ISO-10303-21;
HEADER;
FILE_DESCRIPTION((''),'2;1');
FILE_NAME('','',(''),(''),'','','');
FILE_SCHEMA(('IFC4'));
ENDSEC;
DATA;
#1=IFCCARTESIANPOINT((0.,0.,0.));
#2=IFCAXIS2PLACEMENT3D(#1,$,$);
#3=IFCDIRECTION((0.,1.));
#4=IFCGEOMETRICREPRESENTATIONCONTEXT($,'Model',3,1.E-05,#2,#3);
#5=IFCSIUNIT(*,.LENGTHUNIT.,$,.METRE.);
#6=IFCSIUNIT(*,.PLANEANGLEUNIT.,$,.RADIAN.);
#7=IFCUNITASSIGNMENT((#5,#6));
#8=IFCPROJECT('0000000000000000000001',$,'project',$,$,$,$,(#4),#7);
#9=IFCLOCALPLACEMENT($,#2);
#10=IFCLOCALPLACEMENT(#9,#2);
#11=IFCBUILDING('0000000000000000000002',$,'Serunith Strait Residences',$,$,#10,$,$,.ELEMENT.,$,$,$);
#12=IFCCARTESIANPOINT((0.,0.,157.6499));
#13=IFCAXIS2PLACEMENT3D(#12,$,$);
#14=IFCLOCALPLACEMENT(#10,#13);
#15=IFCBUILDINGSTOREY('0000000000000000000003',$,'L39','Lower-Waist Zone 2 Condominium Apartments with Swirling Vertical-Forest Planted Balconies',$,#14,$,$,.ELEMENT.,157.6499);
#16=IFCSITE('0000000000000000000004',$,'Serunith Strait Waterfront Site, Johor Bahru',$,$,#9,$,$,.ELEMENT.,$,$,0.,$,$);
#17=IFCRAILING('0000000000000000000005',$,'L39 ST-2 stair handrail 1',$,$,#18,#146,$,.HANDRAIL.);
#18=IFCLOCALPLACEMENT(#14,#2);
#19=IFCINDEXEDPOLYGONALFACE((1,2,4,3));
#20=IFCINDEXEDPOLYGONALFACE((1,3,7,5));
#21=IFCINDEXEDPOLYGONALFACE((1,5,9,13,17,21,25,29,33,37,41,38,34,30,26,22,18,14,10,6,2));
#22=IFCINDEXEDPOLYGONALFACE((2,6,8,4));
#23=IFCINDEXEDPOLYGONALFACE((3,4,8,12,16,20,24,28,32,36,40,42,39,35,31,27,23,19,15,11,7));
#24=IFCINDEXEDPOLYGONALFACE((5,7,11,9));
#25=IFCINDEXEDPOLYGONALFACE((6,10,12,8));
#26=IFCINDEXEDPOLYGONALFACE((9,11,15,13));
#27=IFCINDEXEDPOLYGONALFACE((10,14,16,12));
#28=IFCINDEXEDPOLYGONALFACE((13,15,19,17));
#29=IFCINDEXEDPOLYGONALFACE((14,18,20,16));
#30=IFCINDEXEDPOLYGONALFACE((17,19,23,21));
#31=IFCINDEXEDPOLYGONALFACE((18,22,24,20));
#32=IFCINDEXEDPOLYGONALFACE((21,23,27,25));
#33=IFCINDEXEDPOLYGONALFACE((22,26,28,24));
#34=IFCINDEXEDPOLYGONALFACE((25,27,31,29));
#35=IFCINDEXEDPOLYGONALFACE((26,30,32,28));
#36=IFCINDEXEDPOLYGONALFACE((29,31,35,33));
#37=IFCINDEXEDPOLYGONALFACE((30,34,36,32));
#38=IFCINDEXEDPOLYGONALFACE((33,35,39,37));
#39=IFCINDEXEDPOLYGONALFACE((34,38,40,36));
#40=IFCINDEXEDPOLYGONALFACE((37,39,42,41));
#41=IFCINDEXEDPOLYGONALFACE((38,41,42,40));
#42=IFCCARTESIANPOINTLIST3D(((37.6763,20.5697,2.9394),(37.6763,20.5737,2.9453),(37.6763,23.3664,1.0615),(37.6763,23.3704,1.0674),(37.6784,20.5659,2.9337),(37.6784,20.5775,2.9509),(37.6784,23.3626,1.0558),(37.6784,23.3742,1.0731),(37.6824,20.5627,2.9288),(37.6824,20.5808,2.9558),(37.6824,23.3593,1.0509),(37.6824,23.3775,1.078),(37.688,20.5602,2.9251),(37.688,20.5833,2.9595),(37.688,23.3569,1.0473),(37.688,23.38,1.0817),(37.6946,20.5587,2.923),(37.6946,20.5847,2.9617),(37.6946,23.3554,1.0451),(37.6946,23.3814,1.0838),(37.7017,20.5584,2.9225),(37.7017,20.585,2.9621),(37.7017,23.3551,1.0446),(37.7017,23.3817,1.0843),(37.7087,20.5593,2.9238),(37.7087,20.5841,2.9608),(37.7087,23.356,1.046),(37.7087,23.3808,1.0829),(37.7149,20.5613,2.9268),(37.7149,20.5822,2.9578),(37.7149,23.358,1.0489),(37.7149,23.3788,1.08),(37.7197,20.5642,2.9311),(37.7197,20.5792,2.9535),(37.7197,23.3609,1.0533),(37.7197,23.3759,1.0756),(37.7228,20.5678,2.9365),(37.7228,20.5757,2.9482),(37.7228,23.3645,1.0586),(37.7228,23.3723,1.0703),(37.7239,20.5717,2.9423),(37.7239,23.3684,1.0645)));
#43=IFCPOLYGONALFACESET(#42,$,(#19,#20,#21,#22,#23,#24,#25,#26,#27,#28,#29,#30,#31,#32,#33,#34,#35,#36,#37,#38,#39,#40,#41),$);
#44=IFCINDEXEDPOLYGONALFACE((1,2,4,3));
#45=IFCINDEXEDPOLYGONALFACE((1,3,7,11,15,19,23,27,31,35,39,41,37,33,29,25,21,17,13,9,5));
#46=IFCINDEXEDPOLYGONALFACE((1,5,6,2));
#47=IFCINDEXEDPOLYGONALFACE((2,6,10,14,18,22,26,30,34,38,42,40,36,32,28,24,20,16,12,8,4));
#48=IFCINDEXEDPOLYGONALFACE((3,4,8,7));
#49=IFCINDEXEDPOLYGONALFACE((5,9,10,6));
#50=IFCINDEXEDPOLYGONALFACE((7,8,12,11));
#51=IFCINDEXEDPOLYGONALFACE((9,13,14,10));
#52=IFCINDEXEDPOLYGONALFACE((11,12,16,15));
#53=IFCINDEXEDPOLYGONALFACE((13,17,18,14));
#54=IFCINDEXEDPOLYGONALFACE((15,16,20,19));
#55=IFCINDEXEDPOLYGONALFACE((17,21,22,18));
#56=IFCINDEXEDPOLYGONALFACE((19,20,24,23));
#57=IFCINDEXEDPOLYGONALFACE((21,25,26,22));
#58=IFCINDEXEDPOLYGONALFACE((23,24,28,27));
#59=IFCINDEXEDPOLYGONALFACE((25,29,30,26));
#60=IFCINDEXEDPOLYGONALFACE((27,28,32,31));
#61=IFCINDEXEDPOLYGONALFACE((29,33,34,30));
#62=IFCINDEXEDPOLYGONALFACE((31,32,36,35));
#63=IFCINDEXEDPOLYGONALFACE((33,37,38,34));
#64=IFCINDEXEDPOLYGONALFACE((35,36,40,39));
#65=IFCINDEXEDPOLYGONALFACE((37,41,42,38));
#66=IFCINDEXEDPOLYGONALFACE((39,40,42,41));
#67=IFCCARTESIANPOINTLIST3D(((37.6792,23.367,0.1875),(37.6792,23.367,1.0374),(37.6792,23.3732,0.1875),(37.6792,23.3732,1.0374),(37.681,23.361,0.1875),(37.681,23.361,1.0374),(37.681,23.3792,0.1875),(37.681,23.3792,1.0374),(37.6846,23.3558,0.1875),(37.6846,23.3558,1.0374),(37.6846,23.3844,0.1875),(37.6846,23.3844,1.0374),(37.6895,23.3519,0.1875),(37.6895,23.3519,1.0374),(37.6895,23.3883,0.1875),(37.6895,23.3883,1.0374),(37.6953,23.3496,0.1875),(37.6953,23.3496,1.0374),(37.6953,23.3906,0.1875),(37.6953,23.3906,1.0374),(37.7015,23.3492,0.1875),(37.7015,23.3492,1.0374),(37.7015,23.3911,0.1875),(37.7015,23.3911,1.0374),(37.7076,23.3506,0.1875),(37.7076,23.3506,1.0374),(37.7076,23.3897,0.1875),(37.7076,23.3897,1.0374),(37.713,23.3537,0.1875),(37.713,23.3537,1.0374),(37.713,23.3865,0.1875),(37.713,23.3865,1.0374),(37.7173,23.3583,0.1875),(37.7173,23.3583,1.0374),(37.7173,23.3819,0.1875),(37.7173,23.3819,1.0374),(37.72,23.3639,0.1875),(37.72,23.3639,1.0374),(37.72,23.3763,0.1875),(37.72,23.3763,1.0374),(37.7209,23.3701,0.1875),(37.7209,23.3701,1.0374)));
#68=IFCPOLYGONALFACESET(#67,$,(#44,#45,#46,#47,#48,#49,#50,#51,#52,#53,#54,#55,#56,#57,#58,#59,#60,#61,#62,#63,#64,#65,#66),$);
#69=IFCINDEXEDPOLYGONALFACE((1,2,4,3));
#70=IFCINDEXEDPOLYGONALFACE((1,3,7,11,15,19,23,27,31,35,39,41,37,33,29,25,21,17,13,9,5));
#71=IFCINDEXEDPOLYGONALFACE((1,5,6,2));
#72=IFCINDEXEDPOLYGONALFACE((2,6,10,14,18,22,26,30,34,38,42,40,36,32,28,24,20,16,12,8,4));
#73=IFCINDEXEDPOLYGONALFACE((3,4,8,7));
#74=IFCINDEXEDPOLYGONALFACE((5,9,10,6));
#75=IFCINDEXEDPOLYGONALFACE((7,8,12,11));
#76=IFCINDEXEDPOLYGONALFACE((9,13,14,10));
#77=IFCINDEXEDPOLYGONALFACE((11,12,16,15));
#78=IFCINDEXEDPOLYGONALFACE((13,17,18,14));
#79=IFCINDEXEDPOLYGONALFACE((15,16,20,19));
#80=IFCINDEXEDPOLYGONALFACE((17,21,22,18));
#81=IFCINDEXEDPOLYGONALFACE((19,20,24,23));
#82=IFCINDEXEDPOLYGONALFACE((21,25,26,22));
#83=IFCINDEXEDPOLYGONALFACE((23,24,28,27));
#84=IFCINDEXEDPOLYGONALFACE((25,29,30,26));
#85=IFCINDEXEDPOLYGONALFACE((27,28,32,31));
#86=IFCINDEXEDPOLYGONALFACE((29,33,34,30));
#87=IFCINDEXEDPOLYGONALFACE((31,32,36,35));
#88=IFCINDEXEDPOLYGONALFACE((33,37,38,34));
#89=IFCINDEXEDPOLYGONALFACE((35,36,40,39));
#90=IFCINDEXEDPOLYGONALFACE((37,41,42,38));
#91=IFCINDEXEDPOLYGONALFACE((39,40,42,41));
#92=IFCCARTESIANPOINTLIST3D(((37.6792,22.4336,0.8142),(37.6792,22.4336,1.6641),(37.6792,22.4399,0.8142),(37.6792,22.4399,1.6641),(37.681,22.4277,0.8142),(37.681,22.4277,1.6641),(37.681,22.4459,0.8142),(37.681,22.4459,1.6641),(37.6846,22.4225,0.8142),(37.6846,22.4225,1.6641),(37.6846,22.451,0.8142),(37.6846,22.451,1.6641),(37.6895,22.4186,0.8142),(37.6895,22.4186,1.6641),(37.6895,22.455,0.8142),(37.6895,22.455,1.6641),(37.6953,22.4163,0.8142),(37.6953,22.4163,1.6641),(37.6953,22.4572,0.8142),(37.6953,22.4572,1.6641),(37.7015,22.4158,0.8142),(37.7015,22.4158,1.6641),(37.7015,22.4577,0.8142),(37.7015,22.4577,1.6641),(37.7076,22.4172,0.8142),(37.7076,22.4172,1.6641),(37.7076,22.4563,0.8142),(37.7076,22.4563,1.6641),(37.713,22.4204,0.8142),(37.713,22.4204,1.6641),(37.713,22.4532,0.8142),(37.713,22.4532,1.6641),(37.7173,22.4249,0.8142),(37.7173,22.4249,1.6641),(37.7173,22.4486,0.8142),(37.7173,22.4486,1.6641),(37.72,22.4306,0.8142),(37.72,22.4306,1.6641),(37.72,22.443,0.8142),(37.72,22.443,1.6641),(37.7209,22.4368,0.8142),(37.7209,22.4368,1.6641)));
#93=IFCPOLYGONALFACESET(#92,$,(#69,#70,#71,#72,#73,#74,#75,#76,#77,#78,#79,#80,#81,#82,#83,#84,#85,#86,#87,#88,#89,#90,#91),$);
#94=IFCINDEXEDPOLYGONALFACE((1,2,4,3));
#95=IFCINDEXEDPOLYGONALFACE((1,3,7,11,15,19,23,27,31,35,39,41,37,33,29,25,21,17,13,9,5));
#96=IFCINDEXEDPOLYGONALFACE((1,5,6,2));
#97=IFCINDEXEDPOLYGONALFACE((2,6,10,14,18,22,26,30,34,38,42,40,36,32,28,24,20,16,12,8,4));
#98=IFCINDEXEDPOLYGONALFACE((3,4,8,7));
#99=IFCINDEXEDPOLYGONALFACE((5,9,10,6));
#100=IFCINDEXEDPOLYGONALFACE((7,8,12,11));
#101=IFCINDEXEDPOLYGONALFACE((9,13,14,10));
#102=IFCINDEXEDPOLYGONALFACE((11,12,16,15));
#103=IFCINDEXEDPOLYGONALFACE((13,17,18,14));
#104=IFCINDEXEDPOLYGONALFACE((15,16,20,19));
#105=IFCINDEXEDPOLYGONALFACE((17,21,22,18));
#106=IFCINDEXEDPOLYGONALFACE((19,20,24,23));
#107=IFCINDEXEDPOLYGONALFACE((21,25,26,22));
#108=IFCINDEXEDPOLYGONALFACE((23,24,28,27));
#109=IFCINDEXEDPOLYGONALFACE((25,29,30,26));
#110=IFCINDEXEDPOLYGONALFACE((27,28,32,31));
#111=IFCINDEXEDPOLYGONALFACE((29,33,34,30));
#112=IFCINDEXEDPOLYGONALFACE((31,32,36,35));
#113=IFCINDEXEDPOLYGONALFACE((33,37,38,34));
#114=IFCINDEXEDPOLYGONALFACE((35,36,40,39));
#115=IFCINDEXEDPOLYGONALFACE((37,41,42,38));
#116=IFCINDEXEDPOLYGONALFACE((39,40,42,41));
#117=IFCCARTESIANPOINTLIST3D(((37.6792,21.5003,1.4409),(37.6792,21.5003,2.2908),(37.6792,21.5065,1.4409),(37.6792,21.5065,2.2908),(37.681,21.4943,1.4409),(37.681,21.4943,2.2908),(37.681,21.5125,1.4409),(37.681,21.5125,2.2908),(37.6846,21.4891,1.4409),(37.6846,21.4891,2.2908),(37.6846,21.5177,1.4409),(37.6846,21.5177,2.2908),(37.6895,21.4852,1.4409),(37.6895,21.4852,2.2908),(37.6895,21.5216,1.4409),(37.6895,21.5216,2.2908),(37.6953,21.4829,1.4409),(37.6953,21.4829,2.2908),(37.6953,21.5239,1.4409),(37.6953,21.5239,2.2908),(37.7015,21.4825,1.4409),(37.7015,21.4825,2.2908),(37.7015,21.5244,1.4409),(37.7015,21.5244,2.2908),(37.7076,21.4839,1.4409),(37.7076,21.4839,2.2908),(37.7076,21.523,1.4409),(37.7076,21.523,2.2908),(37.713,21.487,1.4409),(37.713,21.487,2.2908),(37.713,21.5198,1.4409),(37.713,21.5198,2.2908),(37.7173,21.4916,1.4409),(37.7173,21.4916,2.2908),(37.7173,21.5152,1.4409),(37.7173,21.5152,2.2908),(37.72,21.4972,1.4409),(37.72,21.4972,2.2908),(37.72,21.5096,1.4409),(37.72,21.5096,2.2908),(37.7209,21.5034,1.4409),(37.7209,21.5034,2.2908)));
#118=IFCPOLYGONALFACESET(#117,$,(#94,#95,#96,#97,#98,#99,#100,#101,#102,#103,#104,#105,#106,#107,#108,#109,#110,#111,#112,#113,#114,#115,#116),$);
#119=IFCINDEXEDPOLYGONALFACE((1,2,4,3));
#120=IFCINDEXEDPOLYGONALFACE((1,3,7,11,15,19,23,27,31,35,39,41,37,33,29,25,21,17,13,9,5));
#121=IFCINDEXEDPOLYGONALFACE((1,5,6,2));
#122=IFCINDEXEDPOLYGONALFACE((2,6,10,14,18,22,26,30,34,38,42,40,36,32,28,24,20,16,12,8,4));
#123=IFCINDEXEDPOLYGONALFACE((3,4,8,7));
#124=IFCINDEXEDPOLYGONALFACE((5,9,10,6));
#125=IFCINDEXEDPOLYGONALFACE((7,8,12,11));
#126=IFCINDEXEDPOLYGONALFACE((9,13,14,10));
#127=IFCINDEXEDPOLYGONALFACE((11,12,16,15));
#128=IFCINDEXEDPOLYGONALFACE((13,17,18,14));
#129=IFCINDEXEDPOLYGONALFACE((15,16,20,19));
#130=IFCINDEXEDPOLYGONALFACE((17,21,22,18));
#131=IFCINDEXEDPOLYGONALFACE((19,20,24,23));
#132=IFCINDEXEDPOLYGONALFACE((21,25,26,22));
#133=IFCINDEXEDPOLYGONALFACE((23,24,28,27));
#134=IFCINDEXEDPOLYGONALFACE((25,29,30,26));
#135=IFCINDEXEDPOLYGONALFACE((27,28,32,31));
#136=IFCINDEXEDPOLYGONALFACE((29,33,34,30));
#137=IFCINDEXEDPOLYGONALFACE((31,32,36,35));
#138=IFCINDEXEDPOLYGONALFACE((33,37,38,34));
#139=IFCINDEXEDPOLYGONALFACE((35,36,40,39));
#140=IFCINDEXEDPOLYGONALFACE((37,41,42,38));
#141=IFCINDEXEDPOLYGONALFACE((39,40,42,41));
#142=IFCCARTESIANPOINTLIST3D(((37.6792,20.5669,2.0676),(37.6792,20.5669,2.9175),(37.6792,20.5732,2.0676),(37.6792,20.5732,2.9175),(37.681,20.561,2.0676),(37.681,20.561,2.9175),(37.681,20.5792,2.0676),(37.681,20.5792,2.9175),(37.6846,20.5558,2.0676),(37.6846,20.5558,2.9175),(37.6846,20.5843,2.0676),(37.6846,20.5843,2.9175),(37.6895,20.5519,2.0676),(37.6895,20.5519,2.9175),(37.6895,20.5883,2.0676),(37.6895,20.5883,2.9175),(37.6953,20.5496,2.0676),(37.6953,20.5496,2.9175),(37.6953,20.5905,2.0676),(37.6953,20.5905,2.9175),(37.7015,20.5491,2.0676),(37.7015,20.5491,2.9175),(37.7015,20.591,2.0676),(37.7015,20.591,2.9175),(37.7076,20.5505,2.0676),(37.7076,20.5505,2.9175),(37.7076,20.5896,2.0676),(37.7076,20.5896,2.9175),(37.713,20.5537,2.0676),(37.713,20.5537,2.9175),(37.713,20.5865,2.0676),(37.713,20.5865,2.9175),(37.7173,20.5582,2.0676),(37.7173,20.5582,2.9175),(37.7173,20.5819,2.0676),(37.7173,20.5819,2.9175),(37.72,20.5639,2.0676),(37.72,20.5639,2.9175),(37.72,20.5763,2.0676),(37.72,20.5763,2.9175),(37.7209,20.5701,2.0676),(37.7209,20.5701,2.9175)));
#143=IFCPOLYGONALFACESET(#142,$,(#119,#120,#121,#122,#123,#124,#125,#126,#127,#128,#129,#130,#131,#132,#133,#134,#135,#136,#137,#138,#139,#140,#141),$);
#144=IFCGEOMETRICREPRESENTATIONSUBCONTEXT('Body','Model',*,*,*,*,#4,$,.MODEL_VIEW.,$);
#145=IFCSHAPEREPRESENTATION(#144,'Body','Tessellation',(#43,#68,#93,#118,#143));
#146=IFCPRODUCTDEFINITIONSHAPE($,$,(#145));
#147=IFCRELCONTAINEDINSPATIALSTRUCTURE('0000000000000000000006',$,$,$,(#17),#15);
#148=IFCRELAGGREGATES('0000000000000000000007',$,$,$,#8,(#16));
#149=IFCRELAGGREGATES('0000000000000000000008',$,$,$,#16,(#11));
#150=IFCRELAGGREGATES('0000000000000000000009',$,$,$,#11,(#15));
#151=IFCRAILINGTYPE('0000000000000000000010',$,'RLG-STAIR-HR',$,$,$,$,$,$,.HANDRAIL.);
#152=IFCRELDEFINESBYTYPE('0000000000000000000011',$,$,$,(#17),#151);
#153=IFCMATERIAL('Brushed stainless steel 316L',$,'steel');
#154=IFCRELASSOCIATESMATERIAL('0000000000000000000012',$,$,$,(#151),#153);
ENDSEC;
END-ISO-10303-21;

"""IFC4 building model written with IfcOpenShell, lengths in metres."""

from ifc_helpers import new_model, si_unit, direction, frame, origin, origin_2d, place, context, subcontext, project, spatial, circle, extrude, material, type_object, element, save


model = new_model("IFC4")

# Units and contexts
model_context = context("Model", 3, precision=1e-05, world=origin(), true_north=direction((0.0, 1.0)))
body_context = subcontext(model_context, "Body", "Model", "MODEL_VIEW")
ifc_project = project(units=[si_unit("LENGTHUNIT", "METRE"), si_unit("PLANEANGLEUNIT", "RADIAN")], contexts=[model_context])

# Site, building, storey
site_placement = place(None, origin())
site = spatial("IfcSite", under=ifc_project, at=site_placement, Name="Serunith Strait Waterfront Site, Johor Bahru", CompositionType="ELEMENT", RefElevation=0.0)
building_placement = place(site_placement, origin())
building = spatial("IfcBuilding", under=site, at=building_placement, Name="Serunith Strait Residences", CompositionType="ELEMENT")
storey_placement = place(building_placement, frame((0.0, 0.0, 157.6499)))
storey = spatial("IfcBuildingStorey", under=building, at=storey_placement, Name="L39", Description="Lower-Waist Zone 2 Condominium Apartments with Swirling Vertical-Forest Planted Balconies", CompositionType="ELEMENT", Elevation=157.6499)

# Railing
ifc_material_1 = material(Name="Brushed stainless steel 316L", Category="steel")
railing_type_1 = type_object("IfcRailingType", Name="RLG-STAIR-HR", PredefinedType="HANDRAIL", material=ifc_material_1)
railing_1_placement = place(storey_placement, frame((37.7, 23.3701, 0.1875)))
element("IfcRailing", 1, at=railing_1_placement, inside=storey, type_object=railing_type_1, Name="L39 ST-2 stair handrail 1", PredefinedType="HANDRAIL", context=body_context, shape_type="SweptSolid", body=[
    extrude(circle(Radius=0.0239, at=origin_2d()), frame((0.0, -0.0017, 0.877), z_axis=(0.0, -0.830208, 0.557453), x_axis=(1.0, 0.0, 0.0)), (0.0, 0.0, 1.0), 3.3687),
    extrude(circle(Radius=0.021, at=origin_2d()), origin(), (0.0, 0.0, 1.0), 0.8499),
    extrude(circle(Radius=0.021, at=origin_2d()), frame((0.0, -0.9333, 0.6267)), (0.0, 0.0, 1.0), 0.8499),
    extrude(circle(Radius=0.021, at=origin_2d()), frame((0.0, -1.8667, 1.2534)), (0.0, 0.0, 1.0), 0.8499),
    extrude(circle(Radius=0.021, at=origin_2d()), frame((0.0, -2.8, 1.8801)), (0.0, 0.0, 1.0), 0.8499),
])

save(model, "model.ifc")
